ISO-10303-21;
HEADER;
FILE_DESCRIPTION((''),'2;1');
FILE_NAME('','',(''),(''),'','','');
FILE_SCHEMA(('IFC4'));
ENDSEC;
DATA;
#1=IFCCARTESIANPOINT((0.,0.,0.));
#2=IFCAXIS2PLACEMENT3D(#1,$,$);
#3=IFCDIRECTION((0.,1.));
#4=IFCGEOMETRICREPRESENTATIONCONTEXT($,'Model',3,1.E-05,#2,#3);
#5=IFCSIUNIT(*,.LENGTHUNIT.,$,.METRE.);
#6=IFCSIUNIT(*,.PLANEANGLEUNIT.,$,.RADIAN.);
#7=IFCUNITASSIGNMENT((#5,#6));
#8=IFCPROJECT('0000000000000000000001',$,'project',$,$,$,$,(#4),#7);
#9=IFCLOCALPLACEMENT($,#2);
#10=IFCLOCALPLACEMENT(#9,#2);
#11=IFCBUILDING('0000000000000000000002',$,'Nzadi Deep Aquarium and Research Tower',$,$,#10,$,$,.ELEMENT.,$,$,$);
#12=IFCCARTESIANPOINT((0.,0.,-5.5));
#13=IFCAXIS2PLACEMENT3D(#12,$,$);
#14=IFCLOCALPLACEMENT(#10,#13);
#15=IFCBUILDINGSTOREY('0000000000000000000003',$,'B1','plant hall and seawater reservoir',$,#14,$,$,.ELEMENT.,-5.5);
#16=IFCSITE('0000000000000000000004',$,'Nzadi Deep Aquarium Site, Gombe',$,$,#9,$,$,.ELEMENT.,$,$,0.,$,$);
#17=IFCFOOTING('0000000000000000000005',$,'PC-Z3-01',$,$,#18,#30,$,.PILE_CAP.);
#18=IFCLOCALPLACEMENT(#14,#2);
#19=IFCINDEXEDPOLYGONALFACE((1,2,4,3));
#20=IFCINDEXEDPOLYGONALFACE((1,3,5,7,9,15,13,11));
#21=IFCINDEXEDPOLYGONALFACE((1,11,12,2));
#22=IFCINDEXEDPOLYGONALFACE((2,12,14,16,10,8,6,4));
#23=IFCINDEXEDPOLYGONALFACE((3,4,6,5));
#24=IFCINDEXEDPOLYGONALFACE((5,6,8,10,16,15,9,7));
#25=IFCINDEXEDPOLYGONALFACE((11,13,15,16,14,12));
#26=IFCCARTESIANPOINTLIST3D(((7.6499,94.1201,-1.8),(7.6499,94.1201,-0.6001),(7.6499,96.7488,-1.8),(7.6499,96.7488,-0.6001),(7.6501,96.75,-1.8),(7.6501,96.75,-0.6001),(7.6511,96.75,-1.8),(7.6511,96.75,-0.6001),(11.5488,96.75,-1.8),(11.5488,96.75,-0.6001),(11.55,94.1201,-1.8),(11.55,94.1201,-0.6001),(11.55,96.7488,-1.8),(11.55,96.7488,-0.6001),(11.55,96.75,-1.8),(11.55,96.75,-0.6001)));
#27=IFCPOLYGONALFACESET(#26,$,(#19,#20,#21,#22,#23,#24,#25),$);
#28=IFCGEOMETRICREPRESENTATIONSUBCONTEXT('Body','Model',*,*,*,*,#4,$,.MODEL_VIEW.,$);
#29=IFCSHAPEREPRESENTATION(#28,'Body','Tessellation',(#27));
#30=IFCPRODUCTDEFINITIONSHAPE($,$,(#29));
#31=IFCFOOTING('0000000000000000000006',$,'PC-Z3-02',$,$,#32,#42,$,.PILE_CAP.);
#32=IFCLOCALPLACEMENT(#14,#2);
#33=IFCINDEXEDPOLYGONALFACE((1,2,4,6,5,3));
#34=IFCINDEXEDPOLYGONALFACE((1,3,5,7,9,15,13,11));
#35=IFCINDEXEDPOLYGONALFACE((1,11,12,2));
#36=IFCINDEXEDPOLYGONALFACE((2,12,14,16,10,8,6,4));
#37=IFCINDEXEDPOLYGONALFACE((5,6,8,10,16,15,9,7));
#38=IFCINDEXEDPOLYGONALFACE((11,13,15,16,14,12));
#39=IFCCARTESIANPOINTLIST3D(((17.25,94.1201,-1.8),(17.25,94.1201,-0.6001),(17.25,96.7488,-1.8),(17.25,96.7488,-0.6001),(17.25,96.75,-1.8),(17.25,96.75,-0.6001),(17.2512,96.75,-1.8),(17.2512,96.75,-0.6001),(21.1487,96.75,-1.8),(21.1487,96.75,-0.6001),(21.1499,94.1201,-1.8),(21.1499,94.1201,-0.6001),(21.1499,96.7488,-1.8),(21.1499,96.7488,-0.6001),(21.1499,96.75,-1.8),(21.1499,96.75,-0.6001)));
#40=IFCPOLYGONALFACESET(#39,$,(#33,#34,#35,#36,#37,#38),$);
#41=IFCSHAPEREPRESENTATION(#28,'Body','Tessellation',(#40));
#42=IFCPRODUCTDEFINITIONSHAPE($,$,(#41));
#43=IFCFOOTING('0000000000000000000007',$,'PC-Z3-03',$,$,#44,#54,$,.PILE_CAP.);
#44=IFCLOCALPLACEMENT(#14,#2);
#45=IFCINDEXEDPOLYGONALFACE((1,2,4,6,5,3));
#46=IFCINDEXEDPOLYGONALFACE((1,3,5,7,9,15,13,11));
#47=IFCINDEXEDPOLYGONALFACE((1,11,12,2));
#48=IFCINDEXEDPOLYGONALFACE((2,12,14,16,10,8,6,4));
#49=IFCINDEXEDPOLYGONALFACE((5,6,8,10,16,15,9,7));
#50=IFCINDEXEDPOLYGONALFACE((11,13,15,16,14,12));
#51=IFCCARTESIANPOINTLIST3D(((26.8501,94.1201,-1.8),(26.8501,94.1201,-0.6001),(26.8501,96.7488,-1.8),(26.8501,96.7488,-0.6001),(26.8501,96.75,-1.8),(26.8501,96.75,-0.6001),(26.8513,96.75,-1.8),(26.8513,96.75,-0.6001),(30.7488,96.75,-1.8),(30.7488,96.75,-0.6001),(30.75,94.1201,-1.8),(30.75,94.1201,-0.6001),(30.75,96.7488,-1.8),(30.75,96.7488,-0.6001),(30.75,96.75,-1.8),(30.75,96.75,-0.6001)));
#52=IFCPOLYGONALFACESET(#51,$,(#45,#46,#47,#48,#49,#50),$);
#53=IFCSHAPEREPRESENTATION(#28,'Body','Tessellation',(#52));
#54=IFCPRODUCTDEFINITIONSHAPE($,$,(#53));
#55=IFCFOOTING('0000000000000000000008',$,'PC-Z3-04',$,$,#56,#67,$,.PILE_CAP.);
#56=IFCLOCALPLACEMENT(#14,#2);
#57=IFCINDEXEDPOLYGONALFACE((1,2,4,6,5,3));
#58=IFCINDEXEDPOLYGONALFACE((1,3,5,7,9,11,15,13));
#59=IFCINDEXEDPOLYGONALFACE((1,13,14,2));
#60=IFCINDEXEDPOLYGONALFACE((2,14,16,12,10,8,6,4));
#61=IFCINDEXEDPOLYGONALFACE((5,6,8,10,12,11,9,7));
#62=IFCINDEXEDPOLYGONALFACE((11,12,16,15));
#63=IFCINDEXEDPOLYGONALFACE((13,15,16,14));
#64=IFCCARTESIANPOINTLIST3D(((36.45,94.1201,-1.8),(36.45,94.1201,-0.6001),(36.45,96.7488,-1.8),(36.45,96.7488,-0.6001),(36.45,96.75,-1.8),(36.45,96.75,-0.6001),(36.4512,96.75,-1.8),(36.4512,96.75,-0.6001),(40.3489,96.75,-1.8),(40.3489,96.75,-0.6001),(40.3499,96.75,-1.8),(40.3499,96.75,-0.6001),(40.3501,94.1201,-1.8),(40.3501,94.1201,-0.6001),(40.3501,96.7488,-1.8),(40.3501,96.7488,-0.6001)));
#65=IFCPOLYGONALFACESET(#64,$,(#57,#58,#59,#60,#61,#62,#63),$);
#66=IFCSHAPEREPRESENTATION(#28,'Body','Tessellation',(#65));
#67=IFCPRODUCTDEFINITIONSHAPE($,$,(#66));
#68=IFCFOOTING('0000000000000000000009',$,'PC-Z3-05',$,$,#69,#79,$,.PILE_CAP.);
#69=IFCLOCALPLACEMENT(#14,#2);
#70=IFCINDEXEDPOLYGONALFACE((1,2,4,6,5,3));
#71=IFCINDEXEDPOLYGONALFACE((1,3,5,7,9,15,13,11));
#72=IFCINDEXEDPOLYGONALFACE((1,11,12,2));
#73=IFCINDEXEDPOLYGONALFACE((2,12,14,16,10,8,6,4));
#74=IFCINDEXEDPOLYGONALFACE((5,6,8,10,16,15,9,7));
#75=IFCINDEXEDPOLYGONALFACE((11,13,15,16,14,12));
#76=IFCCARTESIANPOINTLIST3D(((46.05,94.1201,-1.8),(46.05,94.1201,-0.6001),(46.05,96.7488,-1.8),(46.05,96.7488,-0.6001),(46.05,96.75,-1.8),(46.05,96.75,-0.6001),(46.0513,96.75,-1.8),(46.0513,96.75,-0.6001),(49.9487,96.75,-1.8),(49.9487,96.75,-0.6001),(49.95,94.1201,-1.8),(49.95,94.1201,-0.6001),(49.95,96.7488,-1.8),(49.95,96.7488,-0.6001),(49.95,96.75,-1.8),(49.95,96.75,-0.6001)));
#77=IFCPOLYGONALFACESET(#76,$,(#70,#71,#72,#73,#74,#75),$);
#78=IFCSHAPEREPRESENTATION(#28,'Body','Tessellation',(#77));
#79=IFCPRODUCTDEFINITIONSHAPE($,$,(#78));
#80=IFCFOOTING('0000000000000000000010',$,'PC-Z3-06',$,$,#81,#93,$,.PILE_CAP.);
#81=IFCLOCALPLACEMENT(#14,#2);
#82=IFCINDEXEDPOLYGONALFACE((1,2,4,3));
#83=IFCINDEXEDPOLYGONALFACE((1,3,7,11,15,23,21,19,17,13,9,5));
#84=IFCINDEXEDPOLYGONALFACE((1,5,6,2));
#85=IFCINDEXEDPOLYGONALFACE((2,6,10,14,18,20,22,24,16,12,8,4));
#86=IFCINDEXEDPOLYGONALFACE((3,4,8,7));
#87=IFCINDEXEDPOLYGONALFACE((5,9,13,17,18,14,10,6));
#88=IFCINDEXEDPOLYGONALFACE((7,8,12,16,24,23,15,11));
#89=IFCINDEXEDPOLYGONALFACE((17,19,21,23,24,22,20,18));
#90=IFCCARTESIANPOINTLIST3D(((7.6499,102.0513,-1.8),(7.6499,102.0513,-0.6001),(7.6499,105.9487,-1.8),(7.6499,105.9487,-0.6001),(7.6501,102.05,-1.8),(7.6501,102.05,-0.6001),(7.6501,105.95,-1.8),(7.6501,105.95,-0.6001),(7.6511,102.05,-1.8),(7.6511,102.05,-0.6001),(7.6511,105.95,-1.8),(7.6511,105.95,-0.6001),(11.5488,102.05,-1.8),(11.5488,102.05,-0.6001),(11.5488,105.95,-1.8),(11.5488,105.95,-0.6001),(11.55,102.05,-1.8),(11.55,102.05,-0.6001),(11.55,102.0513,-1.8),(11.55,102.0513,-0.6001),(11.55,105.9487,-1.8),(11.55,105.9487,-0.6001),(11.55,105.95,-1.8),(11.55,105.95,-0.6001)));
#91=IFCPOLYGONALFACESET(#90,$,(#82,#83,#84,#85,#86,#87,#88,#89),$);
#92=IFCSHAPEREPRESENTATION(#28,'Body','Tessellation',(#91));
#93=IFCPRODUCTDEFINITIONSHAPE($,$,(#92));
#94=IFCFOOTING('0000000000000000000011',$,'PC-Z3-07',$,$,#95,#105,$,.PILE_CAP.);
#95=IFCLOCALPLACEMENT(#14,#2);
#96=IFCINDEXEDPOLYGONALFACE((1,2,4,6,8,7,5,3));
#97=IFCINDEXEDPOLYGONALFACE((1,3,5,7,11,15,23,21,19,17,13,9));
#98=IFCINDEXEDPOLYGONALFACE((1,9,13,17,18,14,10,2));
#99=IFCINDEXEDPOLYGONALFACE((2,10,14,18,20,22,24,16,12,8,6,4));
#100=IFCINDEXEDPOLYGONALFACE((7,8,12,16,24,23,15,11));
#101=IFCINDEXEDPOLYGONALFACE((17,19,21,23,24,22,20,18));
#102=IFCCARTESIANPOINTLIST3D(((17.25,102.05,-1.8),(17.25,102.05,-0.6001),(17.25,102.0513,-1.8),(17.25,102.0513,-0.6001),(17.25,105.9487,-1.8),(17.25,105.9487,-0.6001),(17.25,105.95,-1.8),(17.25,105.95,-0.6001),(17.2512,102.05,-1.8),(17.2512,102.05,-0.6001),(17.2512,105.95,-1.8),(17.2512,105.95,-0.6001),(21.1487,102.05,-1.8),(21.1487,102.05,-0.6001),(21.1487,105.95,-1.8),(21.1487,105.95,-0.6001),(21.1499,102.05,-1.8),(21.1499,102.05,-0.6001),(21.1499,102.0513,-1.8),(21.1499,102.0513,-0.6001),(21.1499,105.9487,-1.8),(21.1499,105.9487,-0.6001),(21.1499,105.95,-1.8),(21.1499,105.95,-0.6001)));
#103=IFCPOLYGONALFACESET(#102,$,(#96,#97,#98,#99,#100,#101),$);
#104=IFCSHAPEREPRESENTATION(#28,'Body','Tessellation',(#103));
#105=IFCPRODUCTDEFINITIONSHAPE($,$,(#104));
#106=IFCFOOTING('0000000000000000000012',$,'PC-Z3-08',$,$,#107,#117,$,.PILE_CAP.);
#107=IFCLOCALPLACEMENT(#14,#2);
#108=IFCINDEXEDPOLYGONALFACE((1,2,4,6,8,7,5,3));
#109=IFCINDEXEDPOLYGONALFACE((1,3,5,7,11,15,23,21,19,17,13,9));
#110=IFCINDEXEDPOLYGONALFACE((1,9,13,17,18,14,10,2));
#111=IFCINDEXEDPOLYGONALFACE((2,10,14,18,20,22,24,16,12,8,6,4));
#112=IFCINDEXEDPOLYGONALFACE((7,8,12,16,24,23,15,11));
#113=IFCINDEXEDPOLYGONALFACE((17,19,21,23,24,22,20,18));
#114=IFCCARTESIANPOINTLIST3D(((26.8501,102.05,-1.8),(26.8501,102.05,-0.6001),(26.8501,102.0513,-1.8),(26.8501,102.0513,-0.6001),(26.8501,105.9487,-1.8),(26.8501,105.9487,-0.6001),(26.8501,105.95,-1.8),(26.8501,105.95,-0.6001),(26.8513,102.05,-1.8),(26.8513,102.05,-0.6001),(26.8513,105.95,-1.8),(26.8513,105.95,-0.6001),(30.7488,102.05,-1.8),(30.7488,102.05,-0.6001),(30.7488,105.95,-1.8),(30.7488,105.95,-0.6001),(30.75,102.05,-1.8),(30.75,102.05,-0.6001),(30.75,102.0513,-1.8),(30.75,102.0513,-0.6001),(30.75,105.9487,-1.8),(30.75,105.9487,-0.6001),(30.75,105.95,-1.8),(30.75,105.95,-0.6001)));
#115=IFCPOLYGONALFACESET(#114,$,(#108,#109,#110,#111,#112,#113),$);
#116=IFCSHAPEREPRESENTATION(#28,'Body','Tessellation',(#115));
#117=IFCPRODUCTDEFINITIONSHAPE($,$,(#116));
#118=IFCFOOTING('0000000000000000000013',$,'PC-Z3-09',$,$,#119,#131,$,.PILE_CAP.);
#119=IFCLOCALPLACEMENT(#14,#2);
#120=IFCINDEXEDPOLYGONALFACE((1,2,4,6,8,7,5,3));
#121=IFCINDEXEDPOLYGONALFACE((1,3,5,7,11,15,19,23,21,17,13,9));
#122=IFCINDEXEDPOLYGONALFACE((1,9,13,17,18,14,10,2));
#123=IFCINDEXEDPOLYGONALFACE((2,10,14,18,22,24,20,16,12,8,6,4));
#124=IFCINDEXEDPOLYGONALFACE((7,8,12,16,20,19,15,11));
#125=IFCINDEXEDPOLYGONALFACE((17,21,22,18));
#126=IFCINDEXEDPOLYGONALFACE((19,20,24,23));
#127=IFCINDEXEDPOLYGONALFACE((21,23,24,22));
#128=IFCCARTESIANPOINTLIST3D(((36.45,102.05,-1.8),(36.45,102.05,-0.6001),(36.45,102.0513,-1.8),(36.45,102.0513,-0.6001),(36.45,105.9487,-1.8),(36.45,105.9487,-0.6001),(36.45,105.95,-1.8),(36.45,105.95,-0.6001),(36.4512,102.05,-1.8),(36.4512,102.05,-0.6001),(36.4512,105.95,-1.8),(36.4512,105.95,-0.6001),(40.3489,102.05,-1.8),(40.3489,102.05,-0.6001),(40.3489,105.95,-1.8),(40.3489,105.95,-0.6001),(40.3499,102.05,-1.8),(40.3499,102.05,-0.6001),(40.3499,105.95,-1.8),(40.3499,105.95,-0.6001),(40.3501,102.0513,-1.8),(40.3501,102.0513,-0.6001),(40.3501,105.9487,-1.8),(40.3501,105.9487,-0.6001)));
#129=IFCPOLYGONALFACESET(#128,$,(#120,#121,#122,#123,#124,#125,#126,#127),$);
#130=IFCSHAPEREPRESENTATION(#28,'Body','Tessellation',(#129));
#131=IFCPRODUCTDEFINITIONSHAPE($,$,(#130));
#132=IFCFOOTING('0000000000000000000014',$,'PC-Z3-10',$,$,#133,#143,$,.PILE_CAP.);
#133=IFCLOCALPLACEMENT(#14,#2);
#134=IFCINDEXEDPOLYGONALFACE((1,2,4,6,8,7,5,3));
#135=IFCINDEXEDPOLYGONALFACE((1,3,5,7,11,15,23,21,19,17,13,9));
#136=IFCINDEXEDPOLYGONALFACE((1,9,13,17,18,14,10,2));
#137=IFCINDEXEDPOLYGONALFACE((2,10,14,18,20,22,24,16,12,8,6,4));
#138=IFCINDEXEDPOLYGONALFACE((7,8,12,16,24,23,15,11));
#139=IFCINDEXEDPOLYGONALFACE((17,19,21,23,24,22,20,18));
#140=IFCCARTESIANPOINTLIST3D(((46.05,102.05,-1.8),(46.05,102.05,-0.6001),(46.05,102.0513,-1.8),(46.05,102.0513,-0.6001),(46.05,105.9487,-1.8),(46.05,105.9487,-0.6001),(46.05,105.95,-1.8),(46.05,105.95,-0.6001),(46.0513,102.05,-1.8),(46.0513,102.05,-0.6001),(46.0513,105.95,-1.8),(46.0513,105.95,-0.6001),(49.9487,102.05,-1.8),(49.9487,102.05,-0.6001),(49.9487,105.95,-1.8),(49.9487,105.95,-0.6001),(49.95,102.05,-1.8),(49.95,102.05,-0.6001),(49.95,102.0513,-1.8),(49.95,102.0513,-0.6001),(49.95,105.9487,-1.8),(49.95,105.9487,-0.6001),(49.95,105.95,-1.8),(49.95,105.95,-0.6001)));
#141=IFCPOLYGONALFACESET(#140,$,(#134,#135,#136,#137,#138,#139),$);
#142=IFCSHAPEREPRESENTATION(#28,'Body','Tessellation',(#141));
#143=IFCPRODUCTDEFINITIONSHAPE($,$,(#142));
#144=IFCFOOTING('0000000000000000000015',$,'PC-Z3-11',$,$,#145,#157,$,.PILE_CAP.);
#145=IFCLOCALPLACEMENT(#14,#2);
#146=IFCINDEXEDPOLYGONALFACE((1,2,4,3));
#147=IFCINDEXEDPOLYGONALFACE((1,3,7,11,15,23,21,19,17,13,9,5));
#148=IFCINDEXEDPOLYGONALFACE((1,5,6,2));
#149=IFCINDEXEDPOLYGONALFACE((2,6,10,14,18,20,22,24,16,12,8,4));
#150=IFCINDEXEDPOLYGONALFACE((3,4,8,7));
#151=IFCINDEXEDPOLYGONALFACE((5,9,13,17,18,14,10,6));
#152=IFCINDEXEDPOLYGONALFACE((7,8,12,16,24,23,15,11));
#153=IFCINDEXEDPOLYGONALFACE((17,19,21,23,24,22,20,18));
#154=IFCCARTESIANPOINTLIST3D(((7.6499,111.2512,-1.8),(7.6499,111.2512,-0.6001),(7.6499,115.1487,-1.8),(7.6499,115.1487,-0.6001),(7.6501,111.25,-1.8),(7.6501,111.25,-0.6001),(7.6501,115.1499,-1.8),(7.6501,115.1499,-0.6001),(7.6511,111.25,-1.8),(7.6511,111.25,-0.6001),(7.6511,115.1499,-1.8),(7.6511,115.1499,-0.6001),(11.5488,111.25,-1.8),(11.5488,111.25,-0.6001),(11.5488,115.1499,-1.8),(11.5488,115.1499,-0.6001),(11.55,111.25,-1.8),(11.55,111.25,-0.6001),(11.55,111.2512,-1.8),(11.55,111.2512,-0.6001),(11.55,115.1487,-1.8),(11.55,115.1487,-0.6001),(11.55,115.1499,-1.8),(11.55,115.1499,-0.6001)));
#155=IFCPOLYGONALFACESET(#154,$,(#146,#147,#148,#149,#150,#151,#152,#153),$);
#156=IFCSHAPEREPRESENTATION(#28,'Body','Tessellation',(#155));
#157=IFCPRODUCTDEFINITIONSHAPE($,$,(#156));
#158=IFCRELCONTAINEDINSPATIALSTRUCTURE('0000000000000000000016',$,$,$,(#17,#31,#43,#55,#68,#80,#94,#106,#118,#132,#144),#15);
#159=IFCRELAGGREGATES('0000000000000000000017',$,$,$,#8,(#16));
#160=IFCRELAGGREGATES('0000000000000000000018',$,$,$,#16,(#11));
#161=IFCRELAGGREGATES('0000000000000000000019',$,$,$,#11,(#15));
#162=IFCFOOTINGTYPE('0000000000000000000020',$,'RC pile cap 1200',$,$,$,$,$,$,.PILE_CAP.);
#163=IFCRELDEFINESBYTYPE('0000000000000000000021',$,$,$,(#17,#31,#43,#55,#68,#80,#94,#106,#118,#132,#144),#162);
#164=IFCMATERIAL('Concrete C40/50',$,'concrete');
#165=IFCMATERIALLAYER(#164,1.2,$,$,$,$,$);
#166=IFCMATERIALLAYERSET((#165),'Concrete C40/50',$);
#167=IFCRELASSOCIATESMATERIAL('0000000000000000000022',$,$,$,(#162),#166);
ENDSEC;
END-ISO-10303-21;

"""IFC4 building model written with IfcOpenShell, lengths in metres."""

from ifc_helpers import new_model, si_unit, direction, frame, origin, place, context, subcontext, project, spatial, polyline, outline, extrude, material, layer, layer_set, type_object, element, save


model = new_model("IFC4")

# Units and contexts
model_context = context("Model", 3, precision=1e-05, world=origin(), true_north=direction((0.0, 1.0)))
body_context = subcontext(model_context, "Body", "Model", "MODEL_VIEW")
ifc_project = project(units=[si_unit("LENGTHUNIT", "METRE"), si_unit("PLANEANGLEUNIT", "RADIAN")], contexts=[model_context])

# Site, building, storey
site_placement = place(None, origin())
site = spatial("IfcSite", under=ifc_project, at=site_placement, Name="Nzadi Deep Aquarium Site, Gombe", CompositionType="ELEMENT", RefElevation=0.0)
building_placement = place(site_placement, origin())
building = spatial("IfcBuilding", under=site, at=building_placement, Name="Nzadi Deep Aquarium and Research Tower", CompositionType="ELEMENT")
storey_placement = place(building_placement, frame((0.0, 0.0, -5.5)))
storey = spatial("IfcBuildingStorey", under=building, at=storey_placement, Name="B1", Description="plant hall and seawater reservoir", CompositionType="ELEMENT", Elevation=-5.5)

# Footings
ifc_material_1 = material(Name="Concrete C40/50", Category="concrete")
ifc_layer_1 = layer(ifc_material_1, 1.2)
ifc_layer_set_1 = layer_set([ifc_layer_1], Name="Concrete C40/50")
footing_type_1 = type_object("IfcFootingType", Name="RC pile cap 1200", PredefinedType="PILE_CAP", material=ifc_layer_set_1)
footing_1_placement = place(storey_placement, frame((0.0, 0.0, -1.8)))
element("IfcFooting", 1, at=footing_1_placement, inside=storey, type_object=footing_type_1, Name="PC-Z3-01", PredefinedType="PILE_CAP", context=body_context, shape_type="SweptSolid", body=[
    extrude(outline(polyline([(7.6501, 96.75), (7.6499, 96.7488), (7.6499, 94.1201), (11.55, 94.1201), (11.55, 96.7488), (11.55, 96.75), (11.5488, 96.75), (7.6511, 96.75), (7.6501, 96.75)])), origin(), (0.0, 0.0, 1.0), 1.2),
])
footing_2_placement = place(storey_placement, frame((0.0, 0.0, -1.8)))
element("IfcFooting", 2, at=footing_2_placement, inside=storey, type_object=footing_type_1, Name="PC-Z3-02", PredefinedType="PILE_CAP", context=body_context, shape_type="SweptSolid", body=[
    extrude(outline(polyline([(17.25, 96.75), (17.25, 96.7488), (17.25, 94.1201), (21.1499, 94.1201), (21.1499, 96.7488), (21.1499, 96.75), (21.1487, 96.75), (17.2512, 96.75), (17.25, 96.75)])), origin(), (0.0, 0.0, 1.0), 1.2),
])
footing_3_placement = place(storey_placement, frame((0.0, 0.0, -1.8)))
element("IfcFooting", 3, at=footing_3_placement, inside=storey, type_object=footing_type_1, Name="PC-Z3-03", PredefinedType="PILE_CAP", context=body_context, shape_type="SweptSolid", body=[
    extrude(outline(polyline([(26.8501, 96.75), (26.8501, 96.7488), (26.8501, 94.1201), (30.75, 94.1201), (30.75, 96.7488), (30.75, 96.75), (30.7488, 96.75), (26.8513, 96.75), (26.8501, 96.75)])), origin(), (0.0, 0.0, 1.0), 1.2),
])
footing_4_placement = place(storey_placement, frame((0.0, 0.0, -1.8)))
element("IfcFooting", 4, at=footing_4_placement, inside=storey, type_object=footing_type_1, Name="PC-Z3-04", PredefinedType="PILE_CAP", context=body_context, shape_type="SweptSolid", body=[
    extrude(outline(polyline([(36.45, 96.75), (36.45, 96.7488), (36.45, 94.1201), (40.3501, 94.1201), (40.3501, 96.7488), (40.3499, 96.75), (40.3489, 96.75), (36.4512, 96.75), (36.45, 96.75)])), origin(), (0.0, 0.0, 1.0), 1.2),
])
footing_5_placement = place(storey_placement, frame((0.0, 0.0, -1.8)))
element("IfcFooting", 5, at=footing_5_placement, inside=storey, type_object=footing_type_1, Name="PC-Z3-05", PredefinedType="PILE_CAP", context=body_context, shape_type="SweptSolid", body=[
    extrude(outline(polyline([(46.05, 96.75), (46.05, 96.7488), (46.05, 94.1201), (49.95, 94.1201), (49.95, 96.7488), (49.95, 96.75), (49.9487, 96.75), (46.0513, 96.75), (46.05, 96.75)])), origin(), (0.0, 0.0, 1.0), 1.2),
])
footing_6_placement = place(storey_placement, frame((0.0, 0.0, -1.8)))
element("IfcFooting", 6, at=footing_6_placement, inside=storey, type_object=footing_type_1, Name="PC-Z3-06", PredefinedType="PILE_CAP", context=body_context, shape_type="SweptSolid", body=[
    extrude(outline(polyline([(7.6499, 105.9487), (7.6499, 102.0513), (7.6501, 102.05), (7.6511, 102.05), (11.5488, 102.05), (11.55, 102.05), (11.55, 102.0513), (11.55, 105.9487), (11.55, 105.95), (11.5488, 105.95), (7.6511, 105.95), (7.6501, 105.95), (7.6499, 105.9487)])), origin(), (0.0, 0.0, 1.0), 1.2),
])
footing_7_placement = place(storey_placement, frame((0.0, 0.0, -1.8)))
element("IfcFooting", 7, at=footing_7_placement, inside=storey, type_object=footing_type_1, Name="PC-Z3-07", PredefinedType="PILE_CAP", context=body_context, shape_type="SweptSolid", body=[
    extrude(outline(polyline([(17.25, 105.9487), (17.25, 102.0513), (17.25, 102.05), (17.2512, 102.05), (21.1487, 102.05), (21.1499, 102.05), (21.1499, 102.0513), (21.1499, 105.9487), (21.1499, 105.95), (21.1487, 105.95), (17.2512, 105.95), (17.25, 105.95), (17.25, 105.9487)])), origin(), (0.0, 0.0, 1.0), 1.2),
])
footing_8_placement = place(storey_placement, frame((0.0, 0.0, -1.8)))
element("IfcFooting", 8, at=footing_8_placement, inside=storey, type_object=footing_type_1, Name="PC-Z3-08", PredefinedType="PILE_CAP", context=body_context, shape_type="SweptSolid", body=[
    extrude(outline(polyline([(26.8501, 105.9487), (26.8501, 102.0513), (26.8501, 102.05), (26.8513, 102.05), (30.7488, 102.05), (30.75, 102.05), (30.75, 102.0513), (30.75, 105.9487), (30.75, 105.95), (30.7488, 105.95), (26.8513, 105.95), (26.8501, 105.95), (26.8501, 105.9487)])), origin(), (0.0, 0.0, 1.0), 1.2),
])
footing_9_placement = place(storey_placement, frame((0.0, 0.0, -1.8)))
element("IfcFooting", 9, at=footing_9_placement, inside=storey, type_object=footing_type_1, Name="PC-Z3-09", PredefinedType="PILE_CAP", context=body_context, shape_type="SweptSolid", body=[
    extrude(outline(polyline([(36.45, 105.9487), (36.45, 102.0513), (36.45, 102.05), (36.4512, 102.05), (40.3489, 102.05), (40.3499, 102.05), (40.3501, 102.0513), (40.3501, 105.9487), (40.3499, 105.95), (40.3489, 105.95), (36.4512, 105.95), (36.45, 105.95), (36.45, 105.9487)])), origin(), (0.0, 0.0, 1.0), 1.2),
])
footing_10_placement = place(storey_placement, frame((0.0, 0.0, -1.8)))
element("IfcFooting", 10, at=footing_10_placement, inside=storey, type_object=footing_type_1, Name="PC-Z3-10", PredefinedType="PILE_CAP", context=body_context, shape_type="SweptSolid", body=[
    extrude(outline(polyline([(46.05, 105.9487), (46.05, 102.0513), (46.05, 102.05), (46.0513, 102.05), (49.9487, 102.05), (49.95, 102.05), (49.95, 102.0513), (49.95, 105.9487), (49.95, 105.95), (49.9487, 105.95), (46.0513, 105.95), (46.05, 105.95), (46.05, 105.9487)])), origin(), (0.0, 0.0, 1.0), 1.2),
])
footing_11_placement = place(storey_placement, frame((0.0, 0.0, -1.8)))
element("IfcFooting", 11, at=footing_11_placement, inside=storey, type_object=footing_type_1, Name="PC-Z3-11", PredefinedType="PILE_CAP", context=body_context, shape_type="SweptSolid", body=[
    extrude(outline(polyline([(7.6499, 115.1487), (7.6499, 111.2512), (7.6501, 111.25), (7.6511, 111.25), (11.5488, 111.25), (11.55, 111.25), (11.55, 111.2512), (11.55, 115.1487), (11.55, 115.1499), (11.5488, 115.1499), (7.6511, 115.1499), (7.6501, 115.1499), (7.6499, 115.1487)])), origin(), (0.0, 0.0, 1.0), 1.2),
])

save(model, "model.ifc")
